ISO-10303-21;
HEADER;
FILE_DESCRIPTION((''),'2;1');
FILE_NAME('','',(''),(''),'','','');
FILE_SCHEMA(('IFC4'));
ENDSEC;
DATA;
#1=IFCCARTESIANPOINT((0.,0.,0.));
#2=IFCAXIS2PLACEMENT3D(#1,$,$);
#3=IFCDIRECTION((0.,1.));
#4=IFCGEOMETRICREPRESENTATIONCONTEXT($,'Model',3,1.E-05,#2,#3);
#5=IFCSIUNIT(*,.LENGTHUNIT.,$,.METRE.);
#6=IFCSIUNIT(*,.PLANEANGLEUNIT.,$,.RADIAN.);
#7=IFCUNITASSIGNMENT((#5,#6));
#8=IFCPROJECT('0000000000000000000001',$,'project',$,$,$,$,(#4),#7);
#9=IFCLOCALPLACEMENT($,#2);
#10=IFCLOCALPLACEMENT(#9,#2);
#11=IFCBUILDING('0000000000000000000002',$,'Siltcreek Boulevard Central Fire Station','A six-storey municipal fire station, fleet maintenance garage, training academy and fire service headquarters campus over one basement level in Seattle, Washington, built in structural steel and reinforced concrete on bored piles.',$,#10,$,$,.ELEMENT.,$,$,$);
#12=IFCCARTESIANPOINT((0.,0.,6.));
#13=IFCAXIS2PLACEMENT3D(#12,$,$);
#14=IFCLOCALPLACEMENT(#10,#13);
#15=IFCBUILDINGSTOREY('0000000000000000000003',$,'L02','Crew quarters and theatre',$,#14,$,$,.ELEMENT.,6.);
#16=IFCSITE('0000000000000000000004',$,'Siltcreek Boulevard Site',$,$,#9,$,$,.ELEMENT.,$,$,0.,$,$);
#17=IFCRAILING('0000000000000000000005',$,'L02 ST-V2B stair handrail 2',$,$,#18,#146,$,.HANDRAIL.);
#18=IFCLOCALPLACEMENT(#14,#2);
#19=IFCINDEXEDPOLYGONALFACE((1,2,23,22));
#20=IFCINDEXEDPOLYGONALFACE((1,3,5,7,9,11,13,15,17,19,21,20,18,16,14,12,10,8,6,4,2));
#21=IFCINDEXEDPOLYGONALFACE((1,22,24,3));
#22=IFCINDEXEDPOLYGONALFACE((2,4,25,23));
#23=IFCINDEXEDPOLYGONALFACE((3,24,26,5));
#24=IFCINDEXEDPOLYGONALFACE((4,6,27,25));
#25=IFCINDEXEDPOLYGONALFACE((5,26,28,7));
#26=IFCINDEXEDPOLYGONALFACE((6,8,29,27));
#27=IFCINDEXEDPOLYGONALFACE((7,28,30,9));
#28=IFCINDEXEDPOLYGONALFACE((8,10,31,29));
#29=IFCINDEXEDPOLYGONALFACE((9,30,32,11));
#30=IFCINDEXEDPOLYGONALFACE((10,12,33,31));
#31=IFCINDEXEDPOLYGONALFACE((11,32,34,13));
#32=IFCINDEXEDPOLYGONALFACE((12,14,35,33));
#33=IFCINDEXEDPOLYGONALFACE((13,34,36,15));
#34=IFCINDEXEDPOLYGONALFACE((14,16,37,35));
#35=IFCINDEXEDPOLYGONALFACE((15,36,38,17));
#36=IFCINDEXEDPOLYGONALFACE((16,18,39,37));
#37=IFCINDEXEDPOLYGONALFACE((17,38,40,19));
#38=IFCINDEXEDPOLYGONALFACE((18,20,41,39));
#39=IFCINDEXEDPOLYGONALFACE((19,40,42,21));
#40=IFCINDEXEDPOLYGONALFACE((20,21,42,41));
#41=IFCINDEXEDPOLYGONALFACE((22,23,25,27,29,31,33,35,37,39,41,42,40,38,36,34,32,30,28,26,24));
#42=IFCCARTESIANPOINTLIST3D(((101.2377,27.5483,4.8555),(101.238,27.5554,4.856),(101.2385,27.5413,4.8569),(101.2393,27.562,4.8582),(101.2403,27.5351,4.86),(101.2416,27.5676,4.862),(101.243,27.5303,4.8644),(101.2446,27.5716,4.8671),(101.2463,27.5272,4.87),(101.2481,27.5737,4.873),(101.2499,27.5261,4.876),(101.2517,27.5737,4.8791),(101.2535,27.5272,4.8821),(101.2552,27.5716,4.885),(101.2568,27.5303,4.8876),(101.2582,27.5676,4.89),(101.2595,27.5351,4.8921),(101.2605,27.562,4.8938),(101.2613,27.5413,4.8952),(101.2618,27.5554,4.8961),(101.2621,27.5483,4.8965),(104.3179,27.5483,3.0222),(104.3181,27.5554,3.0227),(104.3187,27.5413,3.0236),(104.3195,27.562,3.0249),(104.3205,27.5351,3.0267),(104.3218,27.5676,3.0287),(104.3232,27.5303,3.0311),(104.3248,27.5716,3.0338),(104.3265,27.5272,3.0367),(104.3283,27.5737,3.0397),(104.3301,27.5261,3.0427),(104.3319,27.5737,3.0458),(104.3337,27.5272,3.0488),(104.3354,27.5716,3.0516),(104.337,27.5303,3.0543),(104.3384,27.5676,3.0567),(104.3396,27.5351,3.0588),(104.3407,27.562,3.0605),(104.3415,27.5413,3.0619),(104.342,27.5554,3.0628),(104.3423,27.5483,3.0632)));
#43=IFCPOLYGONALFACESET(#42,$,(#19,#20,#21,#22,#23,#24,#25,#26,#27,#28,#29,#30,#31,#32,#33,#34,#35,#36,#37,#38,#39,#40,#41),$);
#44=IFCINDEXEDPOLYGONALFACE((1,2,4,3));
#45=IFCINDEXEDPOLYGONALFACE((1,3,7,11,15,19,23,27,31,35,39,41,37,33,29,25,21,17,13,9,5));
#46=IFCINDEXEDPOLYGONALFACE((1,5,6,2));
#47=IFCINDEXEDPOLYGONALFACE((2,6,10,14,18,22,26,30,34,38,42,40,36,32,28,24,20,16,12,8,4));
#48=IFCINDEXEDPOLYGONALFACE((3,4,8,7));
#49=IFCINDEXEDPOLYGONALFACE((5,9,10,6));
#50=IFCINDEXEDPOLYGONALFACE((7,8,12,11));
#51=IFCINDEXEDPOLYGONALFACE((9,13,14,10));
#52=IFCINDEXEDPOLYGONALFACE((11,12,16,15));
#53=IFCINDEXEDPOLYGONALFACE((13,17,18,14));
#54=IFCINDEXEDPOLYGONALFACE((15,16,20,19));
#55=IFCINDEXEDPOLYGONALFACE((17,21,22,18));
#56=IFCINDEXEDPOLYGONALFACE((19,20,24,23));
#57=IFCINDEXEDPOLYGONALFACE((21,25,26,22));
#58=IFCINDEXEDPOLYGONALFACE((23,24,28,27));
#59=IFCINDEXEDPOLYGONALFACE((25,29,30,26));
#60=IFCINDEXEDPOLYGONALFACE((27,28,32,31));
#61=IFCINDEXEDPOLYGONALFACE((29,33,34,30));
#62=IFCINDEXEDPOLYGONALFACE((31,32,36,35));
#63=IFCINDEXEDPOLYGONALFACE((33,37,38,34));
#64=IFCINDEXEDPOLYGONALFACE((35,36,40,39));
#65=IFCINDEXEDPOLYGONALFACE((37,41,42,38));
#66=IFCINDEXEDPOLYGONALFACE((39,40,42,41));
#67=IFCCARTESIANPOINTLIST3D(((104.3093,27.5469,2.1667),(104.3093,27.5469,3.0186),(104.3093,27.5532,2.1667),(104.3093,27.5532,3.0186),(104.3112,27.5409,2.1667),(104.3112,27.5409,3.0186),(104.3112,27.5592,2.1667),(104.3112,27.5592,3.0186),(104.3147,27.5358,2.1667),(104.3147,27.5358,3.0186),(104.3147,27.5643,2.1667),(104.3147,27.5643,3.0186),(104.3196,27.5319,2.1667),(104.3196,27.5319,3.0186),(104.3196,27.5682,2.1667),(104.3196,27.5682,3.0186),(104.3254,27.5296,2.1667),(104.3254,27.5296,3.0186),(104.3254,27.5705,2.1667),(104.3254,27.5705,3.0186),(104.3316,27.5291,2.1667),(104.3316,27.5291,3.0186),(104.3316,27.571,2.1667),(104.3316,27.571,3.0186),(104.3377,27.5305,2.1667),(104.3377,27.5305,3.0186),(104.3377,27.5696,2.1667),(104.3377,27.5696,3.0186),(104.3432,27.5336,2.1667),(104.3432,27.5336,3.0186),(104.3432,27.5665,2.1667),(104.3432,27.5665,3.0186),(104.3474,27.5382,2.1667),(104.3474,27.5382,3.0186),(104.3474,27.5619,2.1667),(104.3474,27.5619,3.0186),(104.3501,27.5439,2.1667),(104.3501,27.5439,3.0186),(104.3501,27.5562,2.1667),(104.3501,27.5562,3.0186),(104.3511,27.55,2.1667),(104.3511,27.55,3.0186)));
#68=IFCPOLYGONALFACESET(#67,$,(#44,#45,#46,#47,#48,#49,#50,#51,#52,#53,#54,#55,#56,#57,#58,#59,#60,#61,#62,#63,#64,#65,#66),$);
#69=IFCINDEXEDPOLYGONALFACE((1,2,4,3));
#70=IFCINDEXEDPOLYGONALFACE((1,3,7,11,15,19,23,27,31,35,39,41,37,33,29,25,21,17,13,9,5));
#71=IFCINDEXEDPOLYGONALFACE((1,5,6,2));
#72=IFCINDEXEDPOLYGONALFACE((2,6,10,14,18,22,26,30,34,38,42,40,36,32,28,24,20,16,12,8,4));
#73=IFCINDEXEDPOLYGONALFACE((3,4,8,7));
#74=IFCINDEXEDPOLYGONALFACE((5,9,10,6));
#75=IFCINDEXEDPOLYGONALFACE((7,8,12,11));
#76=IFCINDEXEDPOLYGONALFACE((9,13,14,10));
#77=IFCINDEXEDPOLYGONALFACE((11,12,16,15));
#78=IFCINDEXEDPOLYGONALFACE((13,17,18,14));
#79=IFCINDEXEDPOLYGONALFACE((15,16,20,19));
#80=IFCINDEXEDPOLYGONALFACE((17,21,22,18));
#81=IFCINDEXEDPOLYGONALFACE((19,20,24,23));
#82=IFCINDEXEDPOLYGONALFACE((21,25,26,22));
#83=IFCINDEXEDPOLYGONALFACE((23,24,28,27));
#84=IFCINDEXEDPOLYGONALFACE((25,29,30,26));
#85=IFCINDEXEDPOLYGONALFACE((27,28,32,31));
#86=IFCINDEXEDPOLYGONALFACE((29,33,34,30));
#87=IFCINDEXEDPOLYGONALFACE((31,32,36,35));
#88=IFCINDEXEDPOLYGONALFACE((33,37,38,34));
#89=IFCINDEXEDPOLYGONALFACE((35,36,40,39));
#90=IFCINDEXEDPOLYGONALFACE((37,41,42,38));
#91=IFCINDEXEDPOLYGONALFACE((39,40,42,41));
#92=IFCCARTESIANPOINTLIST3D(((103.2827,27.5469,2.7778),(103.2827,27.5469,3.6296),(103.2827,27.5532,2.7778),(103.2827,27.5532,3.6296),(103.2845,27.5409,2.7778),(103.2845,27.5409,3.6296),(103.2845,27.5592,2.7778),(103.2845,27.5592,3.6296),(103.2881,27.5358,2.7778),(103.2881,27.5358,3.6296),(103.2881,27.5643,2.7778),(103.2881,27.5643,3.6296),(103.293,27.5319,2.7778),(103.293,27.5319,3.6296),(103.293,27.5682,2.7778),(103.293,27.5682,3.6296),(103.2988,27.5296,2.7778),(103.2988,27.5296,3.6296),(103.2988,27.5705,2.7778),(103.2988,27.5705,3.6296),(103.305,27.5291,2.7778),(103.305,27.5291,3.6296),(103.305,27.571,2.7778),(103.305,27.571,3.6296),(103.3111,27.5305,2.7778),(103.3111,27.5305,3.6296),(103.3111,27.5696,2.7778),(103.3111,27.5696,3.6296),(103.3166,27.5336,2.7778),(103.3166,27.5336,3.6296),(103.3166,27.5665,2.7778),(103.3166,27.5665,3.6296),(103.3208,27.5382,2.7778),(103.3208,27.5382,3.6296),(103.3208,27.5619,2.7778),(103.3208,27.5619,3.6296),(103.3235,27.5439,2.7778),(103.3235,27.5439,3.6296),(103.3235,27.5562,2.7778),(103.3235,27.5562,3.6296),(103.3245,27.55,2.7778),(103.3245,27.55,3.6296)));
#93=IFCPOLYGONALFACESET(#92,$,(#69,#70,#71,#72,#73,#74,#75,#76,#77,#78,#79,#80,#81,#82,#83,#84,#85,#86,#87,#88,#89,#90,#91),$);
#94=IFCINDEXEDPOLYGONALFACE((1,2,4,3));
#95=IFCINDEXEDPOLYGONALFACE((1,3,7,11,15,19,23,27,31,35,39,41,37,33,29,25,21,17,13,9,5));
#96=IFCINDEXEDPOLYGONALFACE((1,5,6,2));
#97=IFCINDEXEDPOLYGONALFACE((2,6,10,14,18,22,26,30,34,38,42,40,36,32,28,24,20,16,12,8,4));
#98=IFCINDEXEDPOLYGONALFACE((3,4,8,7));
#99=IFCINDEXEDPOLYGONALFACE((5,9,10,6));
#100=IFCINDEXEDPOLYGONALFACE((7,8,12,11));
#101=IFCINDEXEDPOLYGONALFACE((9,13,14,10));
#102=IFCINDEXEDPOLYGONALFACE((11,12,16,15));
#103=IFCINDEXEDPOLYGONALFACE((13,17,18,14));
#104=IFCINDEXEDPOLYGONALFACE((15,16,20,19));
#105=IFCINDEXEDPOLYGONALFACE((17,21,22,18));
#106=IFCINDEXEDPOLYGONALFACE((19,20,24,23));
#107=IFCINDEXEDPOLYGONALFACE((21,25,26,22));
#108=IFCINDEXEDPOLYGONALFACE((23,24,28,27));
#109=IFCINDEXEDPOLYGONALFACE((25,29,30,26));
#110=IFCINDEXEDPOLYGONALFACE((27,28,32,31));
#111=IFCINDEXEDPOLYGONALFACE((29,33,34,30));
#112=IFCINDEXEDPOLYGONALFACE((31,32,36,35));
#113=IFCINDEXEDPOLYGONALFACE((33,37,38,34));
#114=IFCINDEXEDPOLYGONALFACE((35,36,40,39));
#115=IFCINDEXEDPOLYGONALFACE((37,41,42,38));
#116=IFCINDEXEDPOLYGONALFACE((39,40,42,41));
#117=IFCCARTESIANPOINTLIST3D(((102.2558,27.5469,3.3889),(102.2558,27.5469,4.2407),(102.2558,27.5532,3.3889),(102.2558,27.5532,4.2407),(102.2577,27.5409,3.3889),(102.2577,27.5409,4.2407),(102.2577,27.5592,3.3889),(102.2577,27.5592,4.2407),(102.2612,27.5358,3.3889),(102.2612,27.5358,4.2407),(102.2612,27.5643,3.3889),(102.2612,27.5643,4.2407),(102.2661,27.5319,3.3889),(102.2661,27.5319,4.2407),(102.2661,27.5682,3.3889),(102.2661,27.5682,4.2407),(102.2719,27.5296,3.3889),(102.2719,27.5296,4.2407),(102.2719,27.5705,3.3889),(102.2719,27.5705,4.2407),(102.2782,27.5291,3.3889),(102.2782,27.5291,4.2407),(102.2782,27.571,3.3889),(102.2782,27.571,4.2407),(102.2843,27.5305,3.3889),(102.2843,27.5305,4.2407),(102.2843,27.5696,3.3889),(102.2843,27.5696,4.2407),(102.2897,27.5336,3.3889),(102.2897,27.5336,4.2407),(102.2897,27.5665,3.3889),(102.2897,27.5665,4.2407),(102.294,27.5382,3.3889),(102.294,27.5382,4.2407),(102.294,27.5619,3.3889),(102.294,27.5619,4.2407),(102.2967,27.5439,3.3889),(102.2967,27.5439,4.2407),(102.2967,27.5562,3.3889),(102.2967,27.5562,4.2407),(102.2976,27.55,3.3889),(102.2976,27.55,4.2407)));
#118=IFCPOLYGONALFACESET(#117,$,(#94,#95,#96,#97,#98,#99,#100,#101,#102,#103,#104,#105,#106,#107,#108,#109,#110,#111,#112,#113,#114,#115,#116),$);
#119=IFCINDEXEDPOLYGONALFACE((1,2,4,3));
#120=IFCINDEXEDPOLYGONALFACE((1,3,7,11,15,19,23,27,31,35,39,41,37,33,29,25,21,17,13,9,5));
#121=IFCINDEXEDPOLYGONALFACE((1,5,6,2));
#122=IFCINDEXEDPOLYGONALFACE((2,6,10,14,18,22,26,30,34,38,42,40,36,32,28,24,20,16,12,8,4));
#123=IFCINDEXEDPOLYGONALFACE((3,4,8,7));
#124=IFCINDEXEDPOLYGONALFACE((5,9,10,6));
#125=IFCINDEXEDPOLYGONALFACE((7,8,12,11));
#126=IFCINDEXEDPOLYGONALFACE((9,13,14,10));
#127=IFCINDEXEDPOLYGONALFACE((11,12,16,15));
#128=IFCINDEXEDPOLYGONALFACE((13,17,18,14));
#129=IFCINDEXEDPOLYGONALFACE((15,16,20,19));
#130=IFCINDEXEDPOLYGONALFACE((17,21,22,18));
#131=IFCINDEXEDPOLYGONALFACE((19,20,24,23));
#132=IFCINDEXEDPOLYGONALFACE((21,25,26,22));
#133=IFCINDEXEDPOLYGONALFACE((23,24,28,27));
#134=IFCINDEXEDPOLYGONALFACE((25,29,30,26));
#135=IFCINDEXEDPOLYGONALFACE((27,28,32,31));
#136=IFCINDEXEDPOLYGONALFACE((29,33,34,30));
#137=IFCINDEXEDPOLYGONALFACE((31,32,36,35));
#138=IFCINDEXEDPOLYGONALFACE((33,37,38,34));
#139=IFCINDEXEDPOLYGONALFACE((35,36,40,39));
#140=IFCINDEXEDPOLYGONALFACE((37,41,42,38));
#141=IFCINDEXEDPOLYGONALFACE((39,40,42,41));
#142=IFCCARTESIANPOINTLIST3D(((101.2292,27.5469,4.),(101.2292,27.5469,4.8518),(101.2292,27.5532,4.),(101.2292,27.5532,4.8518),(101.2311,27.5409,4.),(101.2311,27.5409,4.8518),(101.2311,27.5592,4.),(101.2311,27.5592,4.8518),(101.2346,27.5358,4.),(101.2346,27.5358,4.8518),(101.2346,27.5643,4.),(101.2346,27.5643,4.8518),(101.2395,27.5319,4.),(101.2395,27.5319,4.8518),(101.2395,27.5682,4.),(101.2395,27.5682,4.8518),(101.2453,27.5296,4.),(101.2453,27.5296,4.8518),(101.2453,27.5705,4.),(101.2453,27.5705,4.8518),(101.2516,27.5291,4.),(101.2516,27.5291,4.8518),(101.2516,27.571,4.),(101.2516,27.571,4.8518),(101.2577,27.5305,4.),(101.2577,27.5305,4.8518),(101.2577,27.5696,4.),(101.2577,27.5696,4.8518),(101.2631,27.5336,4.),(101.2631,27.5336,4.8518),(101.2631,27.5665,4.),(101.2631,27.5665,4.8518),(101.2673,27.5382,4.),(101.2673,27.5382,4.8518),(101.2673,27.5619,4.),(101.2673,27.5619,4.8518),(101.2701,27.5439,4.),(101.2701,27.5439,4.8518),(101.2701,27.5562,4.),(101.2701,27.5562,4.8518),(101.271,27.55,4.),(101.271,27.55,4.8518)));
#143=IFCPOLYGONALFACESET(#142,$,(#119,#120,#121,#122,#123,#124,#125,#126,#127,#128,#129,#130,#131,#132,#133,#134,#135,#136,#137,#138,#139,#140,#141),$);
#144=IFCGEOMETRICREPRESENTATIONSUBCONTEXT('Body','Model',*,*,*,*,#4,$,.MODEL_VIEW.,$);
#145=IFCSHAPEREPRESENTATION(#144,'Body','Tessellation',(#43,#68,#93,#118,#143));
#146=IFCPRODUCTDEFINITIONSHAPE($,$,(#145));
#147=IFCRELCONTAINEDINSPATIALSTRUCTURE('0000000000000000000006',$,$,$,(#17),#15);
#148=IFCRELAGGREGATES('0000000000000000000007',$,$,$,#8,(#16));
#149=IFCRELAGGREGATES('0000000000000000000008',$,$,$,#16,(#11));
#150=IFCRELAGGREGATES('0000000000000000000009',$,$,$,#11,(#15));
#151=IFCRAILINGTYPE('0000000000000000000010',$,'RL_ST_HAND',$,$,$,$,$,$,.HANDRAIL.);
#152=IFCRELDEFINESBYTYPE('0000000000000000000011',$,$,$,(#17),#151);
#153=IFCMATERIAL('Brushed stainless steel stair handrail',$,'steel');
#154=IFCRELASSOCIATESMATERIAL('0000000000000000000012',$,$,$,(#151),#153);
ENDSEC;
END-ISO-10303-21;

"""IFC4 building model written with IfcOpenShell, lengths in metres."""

from ifc_helpers import new_model, si_unit, direction, frame, origin, origin_2d, place, context, subcontext, project, spatial, circle, extrude, material, type_object, element, save


model = new_model("IFC4")

# Units and contexts
model_context = context("Model", 3, precision=1e-05, world=origin(), true_north=direction((0.0, 1.0)))
body_context = subcontext(model_context, "Body", "Model", "MODEL_VIEW")
ifc_project = project(units=[si_unit("LENGTHUNIT", "METRE"), si_unit("PLANEANGLEUNIT", "RADIAN")], contexts=[model_context])

# Site, building, storey
site_placement = place(None, origin())
site = spatial("IfcSite", under=ifc_project, at=site_placement, Name="Siltcreek Boulevard Site", CompositionType="ELEMENT", RefElevation=0.0)
building_placement = place(site_placement, origin())
building = spatial("IfcBuilding", under=site, at=building_placement, Name="Siltcreek Boulevard Central Fire Station", Description="A six-storey municipal fire station, fleet maintenance garage, training academy and fire service headquarters campus over one basement level in Seattle, Washington, built in structural steel and reinforced concrete on bored piles.", CompositionType="ELEMENT")
storey_placement = place(building_placement, frame((0.0, 0.0, 6.0)))
storey = spatial("IfcBuildingStorey", under=building, at=storey_placement, Name="L02", Description="Crew quarters and theatre", CompositionType="ELEMENT", Elevation=6.0)

# Railing
ifc_material_1 = material(Name="Brushed stainless steel stair handrail", Category="steel")
railing_type_1 = type_object("IfcRailingType", Name="RL_ST_HAND", PredefinedType="HANDRAIL", material=ifc_material_1)
railing_1_placement = place(storey_placement, frame((104.3301, 27.55, 2.1667)))
element("IfcRailing", 1, at=railing_1_placement, inside=storey, type_object=railing_type_1, Name="L02 ST-V2B stair handrail 2", PredefinedType="HANDRAIL", context=body_context, shape_type="SweptSolid", body=[
    extrude(circle(Radius=0.0239, at=origin_2d()), frame((0.0, 0.0, 0.876), z_axis=(-0.859309, 0.0, 0.511458), x_axis=(0.0, -1.0, 0.0)), (0.0, 0.0, 1.0), 3.5845),
    extrude(circle(Radius=0.021, at=origin_2d()), origin(), (0.0, 0.0, 1.0), 0.8518),
    extrude(circle(Radius=0.021, at=origin_2d()), frame((-1.0266, 0.0, 0.6111)), (0.0, 0.0, 1.0), 0.8518),
    extrude(circle(Radius=0.021, at=origin_2d()), frame((-2.0535, 0.0, 1.2222)), (0.0, 0.0, 1.0), 0.8518),
    extrude(circle(Radius=0.021, at=origin_2d()), frame((-3.0801, 0.0, 1.8333)), (0.0, 0.0, 1.0), 0.8518),
])

save(model, "model.ifc")
